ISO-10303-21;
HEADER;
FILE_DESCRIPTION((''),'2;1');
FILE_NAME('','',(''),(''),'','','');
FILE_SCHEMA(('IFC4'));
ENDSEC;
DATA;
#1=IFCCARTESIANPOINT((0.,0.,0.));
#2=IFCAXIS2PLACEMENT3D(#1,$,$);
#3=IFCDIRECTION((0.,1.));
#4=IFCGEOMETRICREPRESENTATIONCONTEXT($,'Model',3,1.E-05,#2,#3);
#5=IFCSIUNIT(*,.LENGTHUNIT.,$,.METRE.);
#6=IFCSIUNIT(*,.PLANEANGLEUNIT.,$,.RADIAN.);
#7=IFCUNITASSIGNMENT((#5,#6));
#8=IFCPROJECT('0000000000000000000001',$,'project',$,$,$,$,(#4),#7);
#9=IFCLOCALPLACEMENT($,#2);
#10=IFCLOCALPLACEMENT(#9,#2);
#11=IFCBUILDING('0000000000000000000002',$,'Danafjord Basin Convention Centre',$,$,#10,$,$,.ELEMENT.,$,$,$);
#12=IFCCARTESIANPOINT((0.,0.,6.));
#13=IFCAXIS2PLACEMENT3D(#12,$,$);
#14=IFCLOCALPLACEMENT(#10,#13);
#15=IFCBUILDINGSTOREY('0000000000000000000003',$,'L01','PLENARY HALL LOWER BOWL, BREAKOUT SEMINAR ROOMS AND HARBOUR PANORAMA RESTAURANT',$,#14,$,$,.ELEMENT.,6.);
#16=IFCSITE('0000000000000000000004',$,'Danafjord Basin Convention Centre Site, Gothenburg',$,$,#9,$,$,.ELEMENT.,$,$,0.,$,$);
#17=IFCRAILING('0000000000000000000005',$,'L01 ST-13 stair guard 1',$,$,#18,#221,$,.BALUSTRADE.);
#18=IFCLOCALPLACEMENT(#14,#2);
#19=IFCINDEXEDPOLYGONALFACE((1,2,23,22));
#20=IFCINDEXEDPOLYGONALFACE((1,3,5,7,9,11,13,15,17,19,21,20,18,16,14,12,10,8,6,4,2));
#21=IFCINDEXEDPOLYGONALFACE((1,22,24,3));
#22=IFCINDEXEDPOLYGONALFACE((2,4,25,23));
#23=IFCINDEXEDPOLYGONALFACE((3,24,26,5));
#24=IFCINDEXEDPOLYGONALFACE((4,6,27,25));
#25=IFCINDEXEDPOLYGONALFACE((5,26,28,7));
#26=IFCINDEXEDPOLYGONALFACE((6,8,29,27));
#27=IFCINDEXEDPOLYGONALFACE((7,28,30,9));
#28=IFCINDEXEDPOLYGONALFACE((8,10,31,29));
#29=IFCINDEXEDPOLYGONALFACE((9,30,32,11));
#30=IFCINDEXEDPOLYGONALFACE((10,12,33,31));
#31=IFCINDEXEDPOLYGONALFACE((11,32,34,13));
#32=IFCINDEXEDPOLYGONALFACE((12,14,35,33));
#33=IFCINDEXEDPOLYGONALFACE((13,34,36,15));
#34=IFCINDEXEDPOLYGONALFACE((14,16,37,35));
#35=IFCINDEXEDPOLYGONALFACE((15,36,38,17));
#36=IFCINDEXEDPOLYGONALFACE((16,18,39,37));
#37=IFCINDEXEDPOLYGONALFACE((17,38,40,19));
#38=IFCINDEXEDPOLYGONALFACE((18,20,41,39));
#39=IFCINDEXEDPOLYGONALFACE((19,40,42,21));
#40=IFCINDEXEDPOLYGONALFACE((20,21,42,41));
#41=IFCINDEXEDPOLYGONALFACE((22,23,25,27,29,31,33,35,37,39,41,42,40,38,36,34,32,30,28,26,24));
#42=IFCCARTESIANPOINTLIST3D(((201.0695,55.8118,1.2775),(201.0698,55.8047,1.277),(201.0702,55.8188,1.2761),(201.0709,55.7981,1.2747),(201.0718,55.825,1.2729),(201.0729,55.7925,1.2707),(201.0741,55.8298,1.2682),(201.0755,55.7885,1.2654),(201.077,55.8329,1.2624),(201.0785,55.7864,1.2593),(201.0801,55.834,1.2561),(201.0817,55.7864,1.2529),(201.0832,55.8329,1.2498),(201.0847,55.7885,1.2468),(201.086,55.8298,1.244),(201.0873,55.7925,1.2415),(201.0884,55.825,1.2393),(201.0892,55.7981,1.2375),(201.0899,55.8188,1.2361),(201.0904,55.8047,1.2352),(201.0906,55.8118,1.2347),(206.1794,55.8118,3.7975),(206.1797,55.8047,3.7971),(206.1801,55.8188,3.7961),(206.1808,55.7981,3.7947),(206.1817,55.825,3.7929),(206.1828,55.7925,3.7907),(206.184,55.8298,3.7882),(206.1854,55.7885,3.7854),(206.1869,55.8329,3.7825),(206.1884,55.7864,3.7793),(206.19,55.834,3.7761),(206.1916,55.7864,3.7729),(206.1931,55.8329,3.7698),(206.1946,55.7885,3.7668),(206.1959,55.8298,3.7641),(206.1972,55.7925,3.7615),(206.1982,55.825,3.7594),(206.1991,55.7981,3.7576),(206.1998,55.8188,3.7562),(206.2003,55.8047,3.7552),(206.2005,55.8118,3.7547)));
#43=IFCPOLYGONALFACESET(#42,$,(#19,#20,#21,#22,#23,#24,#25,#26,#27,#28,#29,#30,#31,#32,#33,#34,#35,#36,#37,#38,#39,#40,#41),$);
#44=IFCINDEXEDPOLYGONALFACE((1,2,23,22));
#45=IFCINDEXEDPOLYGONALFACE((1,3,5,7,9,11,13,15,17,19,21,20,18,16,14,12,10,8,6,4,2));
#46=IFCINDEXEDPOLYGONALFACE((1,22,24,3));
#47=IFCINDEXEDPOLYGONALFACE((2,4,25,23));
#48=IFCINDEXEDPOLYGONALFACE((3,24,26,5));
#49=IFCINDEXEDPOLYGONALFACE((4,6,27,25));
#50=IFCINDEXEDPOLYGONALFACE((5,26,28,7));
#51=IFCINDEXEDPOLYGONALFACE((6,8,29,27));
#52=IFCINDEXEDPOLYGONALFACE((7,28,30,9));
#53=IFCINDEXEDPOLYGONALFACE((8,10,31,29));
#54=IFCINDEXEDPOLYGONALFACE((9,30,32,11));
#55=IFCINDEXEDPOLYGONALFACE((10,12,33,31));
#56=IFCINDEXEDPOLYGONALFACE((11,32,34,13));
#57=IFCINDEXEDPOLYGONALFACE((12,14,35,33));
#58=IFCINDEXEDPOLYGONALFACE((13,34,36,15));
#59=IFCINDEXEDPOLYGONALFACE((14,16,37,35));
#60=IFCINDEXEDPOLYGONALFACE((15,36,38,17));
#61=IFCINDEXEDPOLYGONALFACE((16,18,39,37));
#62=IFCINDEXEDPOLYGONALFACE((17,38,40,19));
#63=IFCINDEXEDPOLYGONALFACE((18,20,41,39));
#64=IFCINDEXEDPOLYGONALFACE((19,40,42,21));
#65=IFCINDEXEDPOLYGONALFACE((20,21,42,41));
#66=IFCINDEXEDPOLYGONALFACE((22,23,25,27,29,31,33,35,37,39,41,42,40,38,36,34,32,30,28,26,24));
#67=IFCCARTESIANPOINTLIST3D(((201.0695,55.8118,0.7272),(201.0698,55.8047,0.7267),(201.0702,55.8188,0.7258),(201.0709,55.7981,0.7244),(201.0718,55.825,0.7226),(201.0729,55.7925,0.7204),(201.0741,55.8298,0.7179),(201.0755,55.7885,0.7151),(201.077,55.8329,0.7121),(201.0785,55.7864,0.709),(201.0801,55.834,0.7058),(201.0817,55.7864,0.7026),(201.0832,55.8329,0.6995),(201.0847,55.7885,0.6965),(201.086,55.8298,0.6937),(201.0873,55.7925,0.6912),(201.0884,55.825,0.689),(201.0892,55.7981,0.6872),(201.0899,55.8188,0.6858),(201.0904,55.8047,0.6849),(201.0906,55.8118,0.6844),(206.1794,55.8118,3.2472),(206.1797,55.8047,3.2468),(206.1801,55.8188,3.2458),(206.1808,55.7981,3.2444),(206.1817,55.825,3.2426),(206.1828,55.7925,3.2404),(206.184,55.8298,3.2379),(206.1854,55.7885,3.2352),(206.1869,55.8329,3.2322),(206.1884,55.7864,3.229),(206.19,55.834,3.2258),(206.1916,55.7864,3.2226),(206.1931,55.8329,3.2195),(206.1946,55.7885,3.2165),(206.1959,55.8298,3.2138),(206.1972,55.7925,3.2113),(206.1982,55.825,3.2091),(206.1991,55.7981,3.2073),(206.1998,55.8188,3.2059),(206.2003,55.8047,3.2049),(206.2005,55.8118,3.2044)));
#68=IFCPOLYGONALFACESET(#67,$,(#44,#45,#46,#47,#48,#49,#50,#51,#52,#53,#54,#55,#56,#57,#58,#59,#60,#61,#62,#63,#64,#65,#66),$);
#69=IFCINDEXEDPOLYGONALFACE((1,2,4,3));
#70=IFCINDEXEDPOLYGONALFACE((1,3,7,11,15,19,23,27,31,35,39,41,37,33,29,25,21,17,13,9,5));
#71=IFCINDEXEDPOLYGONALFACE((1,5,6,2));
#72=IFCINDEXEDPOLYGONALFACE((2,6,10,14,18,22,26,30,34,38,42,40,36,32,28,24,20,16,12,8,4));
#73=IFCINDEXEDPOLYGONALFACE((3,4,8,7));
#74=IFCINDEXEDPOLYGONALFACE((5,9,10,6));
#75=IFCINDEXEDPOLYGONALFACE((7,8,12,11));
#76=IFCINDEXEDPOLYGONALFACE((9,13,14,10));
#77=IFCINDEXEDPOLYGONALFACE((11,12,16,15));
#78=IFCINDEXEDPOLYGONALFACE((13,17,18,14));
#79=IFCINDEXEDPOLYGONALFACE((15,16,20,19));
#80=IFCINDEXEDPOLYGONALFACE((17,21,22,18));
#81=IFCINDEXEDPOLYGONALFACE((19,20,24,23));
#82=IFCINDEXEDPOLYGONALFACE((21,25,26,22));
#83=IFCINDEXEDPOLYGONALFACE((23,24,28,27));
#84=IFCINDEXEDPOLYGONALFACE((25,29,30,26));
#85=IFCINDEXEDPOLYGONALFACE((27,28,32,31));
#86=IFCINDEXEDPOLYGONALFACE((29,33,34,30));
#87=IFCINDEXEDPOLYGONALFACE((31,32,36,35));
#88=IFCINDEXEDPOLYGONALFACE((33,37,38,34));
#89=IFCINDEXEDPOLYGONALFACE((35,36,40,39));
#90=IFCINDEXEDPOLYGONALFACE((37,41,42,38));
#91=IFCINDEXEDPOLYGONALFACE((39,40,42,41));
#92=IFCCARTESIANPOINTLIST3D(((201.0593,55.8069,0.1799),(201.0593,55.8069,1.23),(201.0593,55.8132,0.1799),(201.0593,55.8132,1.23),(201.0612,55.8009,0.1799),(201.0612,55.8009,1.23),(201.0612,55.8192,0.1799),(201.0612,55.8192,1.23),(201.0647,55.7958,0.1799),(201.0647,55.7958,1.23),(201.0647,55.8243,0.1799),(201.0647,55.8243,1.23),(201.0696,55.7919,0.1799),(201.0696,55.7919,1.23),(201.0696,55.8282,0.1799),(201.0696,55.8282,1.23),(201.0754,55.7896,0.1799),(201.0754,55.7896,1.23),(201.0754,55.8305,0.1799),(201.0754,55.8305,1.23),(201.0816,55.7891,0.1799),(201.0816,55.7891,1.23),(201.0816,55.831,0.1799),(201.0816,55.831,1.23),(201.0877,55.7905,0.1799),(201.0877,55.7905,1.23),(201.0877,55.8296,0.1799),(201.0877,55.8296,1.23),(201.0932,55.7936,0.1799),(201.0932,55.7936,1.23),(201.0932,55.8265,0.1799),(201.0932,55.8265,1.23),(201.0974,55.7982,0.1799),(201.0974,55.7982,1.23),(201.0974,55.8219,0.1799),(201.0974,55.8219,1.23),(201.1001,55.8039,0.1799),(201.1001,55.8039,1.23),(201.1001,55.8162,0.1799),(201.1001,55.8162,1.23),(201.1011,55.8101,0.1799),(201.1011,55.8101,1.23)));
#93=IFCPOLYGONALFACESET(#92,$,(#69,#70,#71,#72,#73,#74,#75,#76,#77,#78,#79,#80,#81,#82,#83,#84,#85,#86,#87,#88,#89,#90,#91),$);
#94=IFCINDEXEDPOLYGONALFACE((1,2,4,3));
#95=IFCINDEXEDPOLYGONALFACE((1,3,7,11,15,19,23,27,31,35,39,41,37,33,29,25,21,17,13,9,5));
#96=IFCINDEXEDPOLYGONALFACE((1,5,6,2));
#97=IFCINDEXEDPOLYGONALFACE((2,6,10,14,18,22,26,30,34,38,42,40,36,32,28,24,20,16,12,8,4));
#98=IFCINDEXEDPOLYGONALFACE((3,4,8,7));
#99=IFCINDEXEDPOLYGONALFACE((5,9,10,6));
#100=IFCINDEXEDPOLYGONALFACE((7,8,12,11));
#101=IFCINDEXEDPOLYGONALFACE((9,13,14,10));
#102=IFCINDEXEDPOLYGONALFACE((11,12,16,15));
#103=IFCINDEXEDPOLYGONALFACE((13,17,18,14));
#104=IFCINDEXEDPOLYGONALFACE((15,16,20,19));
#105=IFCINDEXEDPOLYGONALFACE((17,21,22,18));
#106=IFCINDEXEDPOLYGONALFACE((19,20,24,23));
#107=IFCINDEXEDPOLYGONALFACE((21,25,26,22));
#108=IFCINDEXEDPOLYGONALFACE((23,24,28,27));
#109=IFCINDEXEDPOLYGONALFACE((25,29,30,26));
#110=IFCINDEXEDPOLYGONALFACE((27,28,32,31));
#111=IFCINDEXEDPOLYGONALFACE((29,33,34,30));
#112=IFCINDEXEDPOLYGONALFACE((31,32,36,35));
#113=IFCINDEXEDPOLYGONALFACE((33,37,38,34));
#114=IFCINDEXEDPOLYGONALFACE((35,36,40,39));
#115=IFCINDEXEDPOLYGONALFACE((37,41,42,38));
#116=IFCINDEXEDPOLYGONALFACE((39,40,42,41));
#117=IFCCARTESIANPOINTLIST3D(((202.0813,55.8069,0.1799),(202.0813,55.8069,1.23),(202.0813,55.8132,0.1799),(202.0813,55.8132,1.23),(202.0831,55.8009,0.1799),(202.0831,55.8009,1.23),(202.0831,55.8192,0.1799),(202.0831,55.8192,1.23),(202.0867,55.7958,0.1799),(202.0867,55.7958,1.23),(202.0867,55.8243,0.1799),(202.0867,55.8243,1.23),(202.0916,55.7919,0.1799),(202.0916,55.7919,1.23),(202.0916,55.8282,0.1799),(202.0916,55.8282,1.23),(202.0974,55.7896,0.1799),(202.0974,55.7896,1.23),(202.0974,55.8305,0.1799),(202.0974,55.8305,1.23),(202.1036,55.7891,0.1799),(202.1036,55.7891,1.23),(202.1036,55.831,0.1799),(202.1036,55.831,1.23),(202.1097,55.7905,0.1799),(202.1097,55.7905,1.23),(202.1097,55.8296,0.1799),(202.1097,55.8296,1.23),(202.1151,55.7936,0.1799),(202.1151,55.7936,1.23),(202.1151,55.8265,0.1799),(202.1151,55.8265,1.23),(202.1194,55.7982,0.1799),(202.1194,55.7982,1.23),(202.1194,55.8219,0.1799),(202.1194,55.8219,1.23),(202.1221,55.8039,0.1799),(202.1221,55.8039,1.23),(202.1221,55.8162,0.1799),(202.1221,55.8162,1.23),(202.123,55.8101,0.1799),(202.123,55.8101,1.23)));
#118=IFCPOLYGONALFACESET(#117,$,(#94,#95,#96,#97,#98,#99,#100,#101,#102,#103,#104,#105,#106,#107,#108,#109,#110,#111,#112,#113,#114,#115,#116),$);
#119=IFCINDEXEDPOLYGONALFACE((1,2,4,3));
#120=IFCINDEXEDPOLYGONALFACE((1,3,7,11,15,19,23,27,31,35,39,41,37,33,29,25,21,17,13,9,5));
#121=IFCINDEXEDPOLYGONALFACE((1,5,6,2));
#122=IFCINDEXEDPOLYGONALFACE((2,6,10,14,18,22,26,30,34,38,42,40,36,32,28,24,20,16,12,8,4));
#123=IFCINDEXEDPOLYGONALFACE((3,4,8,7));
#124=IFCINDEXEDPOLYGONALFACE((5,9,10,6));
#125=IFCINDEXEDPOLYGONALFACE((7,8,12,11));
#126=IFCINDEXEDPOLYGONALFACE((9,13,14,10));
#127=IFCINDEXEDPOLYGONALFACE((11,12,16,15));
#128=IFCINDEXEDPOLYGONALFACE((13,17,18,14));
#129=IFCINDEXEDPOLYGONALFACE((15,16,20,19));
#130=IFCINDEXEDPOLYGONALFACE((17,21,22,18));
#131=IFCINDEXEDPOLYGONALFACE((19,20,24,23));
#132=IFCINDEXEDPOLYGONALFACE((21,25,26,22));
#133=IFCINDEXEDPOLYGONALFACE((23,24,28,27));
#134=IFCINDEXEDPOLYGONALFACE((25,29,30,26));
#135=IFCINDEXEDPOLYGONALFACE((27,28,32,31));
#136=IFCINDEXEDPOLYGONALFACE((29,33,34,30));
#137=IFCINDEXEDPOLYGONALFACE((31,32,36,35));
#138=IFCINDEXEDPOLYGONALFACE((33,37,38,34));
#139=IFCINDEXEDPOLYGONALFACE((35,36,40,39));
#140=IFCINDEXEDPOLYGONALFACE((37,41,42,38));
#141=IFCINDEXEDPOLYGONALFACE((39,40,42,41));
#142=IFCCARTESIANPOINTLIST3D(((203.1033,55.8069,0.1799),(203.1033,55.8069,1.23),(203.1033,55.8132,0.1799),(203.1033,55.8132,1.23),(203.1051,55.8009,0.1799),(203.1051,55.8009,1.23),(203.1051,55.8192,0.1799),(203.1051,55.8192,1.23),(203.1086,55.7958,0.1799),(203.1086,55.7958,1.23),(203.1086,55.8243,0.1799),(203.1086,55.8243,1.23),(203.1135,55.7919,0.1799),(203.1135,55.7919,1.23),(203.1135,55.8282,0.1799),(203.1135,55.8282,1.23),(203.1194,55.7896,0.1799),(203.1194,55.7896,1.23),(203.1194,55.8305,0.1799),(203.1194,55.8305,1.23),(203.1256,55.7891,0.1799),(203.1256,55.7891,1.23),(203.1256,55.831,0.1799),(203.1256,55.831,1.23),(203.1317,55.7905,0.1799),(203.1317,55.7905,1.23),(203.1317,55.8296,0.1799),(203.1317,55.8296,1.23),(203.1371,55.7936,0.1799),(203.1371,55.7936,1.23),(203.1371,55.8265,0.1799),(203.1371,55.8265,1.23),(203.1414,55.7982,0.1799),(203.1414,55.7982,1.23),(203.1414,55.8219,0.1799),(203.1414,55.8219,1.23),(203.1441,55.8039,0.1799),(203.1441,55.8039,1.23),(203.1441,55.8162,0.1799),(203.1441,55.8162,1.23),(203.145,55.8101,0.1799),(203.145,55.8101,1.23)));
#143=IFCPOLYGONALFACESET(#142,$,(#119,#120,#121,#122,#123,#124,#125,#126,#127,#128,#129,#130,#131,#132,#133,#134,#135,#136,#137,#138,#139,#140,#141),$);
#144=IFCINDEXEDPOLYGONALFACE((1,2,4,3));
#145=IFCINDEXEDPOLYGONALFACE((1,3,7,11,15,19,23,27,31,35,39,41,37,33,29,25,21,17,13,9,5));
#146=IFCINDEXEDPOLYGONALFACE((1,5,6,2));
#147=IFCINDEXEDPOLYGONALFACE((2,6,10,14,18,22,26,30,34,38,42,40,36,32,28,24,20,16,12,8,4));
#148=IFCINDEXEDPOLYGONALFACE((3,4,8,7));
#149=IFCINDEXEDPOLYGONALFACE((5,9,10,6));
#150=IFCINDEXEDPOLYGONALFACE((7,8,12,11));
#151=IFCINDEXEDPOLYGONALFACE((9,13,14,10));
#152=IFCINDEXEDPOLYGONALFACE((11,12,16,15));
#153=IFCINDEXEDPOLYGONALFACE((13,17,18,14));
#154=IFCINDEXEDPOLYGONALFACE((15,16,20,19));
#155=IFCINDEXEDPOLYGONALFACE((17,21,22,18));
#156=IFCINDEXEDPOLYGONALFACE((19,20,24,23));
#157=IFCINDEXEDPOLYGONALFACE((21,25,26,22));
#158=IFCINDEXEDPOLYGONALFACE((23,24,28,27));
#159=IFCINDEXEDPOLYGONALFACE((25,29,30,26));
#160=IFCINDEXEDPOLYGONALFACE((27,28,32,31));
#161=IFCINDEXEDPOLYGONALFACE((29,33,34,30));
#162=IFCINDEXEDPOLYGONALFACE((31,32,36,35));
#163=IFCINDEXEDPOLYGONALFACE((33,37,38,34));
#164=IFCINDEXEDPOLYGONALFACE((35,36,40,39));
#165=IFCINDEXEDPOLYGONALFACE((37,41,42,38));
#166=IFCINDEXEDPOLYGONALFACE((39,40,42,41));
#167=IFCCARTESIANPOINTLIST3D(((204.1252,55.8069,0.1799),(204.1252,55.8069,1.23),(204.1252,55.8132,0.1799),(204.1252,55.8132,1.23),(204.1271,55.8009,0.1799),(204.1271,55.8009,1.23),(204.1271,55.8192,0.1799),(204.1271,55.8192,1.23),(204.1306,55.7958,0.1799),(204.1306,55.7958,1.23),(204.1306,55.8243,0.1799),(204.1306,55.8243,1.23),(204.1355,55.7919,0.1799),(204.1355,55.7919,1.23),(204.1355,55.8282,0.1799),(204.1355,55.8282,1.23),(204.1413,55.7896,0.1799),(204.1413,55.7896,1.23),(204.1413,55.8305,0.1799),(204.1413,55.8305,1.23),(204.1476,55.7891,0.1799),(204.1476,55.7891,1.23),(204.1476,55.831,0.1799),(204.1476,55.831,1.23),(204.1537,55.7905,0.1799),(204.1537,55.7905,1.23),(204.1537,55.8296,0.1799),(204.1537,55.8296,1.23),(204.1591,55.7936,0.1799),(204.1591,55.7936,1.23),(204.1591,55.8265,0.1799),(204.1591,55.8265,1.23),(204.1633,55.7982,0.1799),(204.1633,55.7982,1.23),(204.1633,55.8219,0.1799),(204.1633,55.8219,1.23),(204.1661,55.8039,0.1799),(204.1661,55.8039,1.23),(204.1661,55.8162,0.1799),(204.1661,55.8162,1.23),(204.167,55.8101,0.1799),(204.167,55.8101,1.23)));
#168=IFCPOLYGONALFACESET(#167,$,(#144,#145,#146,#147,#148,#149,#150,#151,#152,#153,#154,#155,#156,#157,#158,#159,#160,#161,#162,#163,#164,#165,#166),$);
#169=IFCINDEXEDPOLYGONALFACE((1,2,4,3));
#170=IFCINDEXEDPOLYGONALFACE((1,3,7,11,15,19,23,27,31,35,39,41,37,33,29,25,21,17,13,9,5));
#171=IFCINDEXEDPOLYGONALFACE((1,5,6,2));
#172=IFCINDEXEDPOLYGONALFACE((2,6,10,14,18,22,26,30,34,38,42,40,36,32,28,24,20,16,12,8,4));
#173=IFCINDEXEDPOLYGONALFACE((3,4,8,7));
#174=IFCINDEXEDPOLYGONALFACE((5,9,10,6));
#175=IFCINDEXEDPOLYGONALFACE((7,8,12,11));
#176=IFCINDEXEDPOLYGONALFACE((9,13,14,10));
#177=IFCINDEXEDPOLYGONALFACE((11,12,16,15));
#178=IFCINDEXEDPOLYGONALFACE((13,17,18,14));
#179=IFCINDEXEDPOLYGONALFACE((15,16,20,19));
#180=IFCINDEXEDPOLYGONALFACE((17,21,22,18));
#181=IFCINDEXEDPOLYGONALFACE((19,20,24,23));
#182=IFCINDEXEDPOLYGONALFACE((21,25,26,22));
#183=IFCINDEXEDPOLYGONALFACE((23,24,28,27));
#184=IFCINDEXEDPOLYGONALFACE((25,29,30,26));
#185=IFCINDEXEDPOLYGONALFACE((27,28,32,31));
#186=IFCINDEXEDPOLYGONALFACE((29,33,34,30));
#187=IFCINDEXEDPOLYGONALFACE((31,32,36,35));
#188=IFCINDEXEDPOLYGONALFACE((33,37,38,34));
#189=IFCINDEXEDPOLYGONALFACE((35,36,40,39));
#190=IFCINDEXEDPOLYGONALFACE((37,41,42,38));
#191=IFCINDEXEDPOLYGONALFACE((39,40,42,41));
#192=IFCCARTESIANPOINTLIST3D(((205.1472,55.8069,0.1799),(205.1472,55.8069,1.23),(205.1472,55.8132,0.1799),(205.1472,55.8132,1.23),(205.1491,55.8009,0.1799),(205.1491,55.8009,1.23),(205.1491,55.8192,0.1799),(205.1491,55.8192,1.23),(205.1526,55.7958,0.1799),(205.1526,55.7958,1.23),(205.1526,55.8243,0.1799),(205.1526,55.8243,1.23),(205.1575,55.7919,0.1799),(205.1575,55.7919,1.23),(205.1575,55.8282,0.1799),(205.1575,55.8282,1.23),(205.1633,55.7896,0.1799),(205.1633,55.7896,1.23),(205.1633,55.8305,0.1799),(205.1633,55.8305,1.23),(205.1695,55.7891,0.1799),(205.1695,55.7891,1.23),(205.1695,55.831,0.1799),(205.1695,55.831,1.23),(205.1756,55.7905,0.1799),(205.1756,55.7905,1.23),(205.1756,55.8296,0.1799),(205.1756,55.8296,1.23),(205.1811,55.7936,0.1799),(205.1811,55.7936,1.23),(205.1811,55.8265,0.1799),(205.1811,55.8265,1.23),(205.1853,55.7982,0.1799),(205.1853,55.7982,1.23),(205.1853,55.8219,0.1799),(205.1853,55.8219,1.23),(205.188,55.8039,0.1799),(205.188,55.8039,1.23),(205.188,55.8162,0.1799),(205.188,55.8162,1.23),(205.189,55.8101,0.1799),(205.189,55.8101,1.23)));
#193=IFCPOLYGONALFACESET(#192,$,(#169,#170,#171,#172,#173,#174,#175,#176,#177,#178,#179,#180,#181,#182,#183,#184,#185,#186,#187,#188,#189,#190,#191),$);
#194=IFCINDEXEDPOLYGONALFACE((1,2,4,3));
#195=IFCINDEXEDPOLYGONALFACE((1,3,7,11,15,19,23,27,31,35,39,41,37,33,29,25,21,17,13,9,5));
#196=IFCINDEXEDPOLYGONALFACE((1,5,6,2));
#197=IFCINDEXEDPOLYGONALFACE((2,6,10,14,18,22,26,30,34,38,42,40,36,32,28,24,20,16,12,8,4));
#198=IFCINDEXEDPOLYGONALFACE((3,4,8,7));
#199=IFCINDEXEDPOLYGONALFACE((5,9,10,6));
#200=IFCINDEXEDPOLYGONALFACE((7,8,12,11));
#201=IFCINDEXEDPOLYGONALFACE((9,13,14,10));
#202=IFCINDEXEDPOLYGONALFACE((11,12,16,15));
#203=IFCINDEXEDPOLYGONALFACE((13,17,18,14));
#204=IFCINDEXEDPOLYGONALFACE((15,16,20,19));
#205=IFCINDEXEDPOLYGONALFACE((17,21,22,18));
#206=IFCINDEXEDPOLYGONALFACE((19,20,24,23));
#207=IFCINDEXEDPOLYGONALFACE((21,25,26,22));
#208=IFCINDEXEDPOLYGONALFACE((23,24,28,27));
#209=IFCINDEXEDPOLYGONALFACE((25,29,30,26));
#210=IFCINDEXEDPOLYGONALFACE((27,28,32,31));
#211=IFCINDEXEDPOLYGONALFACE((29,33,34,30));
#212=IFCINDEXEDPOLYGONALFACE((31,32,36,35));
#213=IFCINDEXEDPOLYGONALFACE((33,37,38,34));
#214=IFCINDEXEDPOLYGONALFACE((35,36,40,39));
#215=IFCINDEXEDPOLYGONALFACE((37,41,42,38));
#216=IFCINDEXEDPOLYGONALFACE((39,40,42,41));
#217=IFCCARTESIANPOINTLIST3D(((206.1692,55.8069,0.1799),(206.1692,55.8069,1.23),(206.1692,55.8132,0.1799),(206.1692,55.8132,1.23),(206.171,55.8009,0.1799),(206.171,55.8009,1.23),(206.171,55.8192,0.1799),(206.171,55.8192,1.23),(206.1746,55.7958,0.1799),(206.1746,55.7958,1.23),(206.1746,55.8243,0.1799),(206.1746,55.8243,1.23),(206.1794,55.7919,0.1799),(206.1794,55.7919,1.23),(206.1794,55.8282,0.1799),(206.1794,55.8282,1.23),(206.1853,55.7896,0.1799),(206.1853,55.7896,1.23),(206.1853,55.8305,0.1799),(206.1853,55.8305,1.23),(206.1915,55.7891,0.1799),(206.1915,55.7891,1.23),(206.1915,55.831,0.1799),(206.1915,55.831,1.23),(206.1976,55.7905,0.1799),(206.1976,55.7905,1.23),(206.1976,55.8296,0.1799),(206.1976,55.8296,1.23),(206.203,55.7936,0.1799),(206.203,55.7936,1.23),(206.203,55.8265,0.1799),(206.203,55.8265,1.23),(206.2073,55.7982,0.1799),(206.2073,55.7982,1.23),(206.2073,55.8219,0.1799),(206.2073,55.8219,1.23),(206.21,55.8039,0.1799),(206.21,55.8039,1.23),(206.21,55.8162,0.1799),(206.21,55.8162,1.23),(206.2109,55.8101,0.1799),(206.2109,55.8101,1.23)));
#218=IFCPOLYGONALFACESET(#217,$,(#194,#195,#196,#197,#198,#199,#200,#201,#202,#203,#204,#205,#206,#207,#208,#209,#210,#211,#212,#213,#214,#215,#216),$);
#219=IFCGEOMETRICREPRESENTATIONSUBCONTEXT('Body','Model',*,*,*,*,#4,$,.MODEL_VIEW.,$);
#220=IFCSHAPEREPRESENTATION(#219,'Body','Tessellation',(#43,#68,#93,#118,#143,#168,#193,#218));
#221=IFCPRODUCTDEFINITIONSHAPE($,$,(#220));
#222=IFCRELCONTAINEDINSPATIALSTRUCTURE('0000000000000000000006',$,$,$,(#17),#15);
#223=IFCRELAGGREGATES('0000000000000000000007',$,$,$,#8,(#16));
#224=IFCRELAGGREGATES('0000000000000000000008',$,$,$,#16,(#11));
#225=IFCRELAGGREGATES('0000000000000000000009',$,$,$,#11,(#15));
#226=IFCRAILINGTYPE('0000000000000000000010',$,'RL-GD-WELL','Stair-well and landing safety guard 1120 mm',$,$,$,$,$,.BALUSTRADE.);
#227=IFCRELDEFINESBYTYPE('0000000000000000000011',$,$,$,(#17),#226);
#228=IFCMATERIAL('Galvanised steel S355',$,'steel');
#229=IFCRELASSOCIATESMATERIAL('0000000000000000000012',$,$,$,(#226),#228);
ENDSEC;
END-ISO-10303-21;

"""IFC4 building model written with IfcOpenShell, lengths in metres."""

from ifc_helpers import new_model, si_unit, direction, frame, origin, origin_2d, place, context, subcontext, project, spatial, circle, extrude, material, type_object, element, save


model = new_model("IFC4")

# Units and contexts
model_context = context("Model", 3, precision=1e-05, world=origin(), true_north=direction((0.0, 1.0)))
body_context = subcontext(model_context, "Body", "Model", "MODEL_VIEW")
ifc_project = project(units=[si_unit("LENGTHUNIT", "METRE"), si_unit("PLANEANGLEUNIT", "RADIAN")], contexts=[model_context])

# Site, building, storey
site_placement = place(None, origin())
site = spatial("IfcSite", under=ifc_project, at=site_placement, Name="Danafjord Basin Convention Centre Site, Gothenburg", CompositionType="ELEMENT", RefElevation=0.0)
building_placement = place(site_placement, origin())
building = spatial("IfcBuilding", under=site, at=building_placement, Name="Danafjord Basin Convention Centre", CompositionType="ELEMENT")
storey_placement = place(building_placement, frame((0.0, 0.0, 6.0)))
storey = spatial("IfcBuildingStorey", under=building, at=storey_placement, Name="L01", Description="PLENARY HALL LOWER BOWL, BREAKOUT SEMINAR ROOMS AND HARBOUR PANORAMA RESTAURANT", CompositionType="ELEMENT", Elevation=6.0)

# Railing
ifc_material_1 = material(Name="Galvanised steel S355", Category="steel")
railing_type_1 = type_object("IfcRailingType", Name="RL-GD-WELL", Description="Stair-well and landing safety guard 1120 mm", PredefinedType="BALUSTRADE", material=ifc_material_1)
railing_1_placement = place(storey_placement, frame((201.0801, 55.8101, 0.1799)))
element("IfcRailing", 1, at=railing_1_placement, inside=storey, type_object=railing_type_1, Name="L01 ST-13 stair guard 1", PredefinedType="BALUSTRADE", context=body_context, shape_type="SweptSolid", body=[
    extrude(circle(Radius=0.0239, at=origin_2d()), frame((0.0, 0.0, 1.0762), z_axis=(0.896865, 0.0, 0.442305), x_axis=(0.0, 1.0, 0.0)), (0.0, 0.0, 1.0), 5.6975),
    extrude(circle(Radius=0.0239, at=origin_2d()), frame((0.0, 0.0, 0.5259), z_axis=(0.896865, 0.0, 0.442305), x_axis=(0.0, 1.0, 0.0)), (0.0, 0.0, 1.0), 5.6975),
    extrude(circle(Radius=0.021, at=origin_2d()), origin(), (0.0, 0.0, 1.0), 1.05),
    extrude(circle(Radius=0.021, at=origin_2d()), frame((1.022, 0.0, 0.0)), (0.0, 0.0, 1.0), 1.05),
    extrude(circle(Radius=0.021, at=origin_2d()), frame((2.0439, 0.0, 0.0)), (0.0, 0.0, 1.0), 1.05),
    extrude(circle(Radius=0.021, at=origin_2d()), frame((3.0659, 0.0, 0.0)), (0.0, 0.0, 1.0), 1.05),
    extrude(circle(Radius=0.021, at=origin_2d()), frame((4.0879, 0.0, 0.0)), (0.0, 0.0, 1.0), 1.05),
    extrude(circle(Radius=0.021, at=origin_2d()), frame((5.1099, 0.0, 0.0)), (0.0, 0.0, 1.0), 1.05),
])

save(model, "model.ifc")
